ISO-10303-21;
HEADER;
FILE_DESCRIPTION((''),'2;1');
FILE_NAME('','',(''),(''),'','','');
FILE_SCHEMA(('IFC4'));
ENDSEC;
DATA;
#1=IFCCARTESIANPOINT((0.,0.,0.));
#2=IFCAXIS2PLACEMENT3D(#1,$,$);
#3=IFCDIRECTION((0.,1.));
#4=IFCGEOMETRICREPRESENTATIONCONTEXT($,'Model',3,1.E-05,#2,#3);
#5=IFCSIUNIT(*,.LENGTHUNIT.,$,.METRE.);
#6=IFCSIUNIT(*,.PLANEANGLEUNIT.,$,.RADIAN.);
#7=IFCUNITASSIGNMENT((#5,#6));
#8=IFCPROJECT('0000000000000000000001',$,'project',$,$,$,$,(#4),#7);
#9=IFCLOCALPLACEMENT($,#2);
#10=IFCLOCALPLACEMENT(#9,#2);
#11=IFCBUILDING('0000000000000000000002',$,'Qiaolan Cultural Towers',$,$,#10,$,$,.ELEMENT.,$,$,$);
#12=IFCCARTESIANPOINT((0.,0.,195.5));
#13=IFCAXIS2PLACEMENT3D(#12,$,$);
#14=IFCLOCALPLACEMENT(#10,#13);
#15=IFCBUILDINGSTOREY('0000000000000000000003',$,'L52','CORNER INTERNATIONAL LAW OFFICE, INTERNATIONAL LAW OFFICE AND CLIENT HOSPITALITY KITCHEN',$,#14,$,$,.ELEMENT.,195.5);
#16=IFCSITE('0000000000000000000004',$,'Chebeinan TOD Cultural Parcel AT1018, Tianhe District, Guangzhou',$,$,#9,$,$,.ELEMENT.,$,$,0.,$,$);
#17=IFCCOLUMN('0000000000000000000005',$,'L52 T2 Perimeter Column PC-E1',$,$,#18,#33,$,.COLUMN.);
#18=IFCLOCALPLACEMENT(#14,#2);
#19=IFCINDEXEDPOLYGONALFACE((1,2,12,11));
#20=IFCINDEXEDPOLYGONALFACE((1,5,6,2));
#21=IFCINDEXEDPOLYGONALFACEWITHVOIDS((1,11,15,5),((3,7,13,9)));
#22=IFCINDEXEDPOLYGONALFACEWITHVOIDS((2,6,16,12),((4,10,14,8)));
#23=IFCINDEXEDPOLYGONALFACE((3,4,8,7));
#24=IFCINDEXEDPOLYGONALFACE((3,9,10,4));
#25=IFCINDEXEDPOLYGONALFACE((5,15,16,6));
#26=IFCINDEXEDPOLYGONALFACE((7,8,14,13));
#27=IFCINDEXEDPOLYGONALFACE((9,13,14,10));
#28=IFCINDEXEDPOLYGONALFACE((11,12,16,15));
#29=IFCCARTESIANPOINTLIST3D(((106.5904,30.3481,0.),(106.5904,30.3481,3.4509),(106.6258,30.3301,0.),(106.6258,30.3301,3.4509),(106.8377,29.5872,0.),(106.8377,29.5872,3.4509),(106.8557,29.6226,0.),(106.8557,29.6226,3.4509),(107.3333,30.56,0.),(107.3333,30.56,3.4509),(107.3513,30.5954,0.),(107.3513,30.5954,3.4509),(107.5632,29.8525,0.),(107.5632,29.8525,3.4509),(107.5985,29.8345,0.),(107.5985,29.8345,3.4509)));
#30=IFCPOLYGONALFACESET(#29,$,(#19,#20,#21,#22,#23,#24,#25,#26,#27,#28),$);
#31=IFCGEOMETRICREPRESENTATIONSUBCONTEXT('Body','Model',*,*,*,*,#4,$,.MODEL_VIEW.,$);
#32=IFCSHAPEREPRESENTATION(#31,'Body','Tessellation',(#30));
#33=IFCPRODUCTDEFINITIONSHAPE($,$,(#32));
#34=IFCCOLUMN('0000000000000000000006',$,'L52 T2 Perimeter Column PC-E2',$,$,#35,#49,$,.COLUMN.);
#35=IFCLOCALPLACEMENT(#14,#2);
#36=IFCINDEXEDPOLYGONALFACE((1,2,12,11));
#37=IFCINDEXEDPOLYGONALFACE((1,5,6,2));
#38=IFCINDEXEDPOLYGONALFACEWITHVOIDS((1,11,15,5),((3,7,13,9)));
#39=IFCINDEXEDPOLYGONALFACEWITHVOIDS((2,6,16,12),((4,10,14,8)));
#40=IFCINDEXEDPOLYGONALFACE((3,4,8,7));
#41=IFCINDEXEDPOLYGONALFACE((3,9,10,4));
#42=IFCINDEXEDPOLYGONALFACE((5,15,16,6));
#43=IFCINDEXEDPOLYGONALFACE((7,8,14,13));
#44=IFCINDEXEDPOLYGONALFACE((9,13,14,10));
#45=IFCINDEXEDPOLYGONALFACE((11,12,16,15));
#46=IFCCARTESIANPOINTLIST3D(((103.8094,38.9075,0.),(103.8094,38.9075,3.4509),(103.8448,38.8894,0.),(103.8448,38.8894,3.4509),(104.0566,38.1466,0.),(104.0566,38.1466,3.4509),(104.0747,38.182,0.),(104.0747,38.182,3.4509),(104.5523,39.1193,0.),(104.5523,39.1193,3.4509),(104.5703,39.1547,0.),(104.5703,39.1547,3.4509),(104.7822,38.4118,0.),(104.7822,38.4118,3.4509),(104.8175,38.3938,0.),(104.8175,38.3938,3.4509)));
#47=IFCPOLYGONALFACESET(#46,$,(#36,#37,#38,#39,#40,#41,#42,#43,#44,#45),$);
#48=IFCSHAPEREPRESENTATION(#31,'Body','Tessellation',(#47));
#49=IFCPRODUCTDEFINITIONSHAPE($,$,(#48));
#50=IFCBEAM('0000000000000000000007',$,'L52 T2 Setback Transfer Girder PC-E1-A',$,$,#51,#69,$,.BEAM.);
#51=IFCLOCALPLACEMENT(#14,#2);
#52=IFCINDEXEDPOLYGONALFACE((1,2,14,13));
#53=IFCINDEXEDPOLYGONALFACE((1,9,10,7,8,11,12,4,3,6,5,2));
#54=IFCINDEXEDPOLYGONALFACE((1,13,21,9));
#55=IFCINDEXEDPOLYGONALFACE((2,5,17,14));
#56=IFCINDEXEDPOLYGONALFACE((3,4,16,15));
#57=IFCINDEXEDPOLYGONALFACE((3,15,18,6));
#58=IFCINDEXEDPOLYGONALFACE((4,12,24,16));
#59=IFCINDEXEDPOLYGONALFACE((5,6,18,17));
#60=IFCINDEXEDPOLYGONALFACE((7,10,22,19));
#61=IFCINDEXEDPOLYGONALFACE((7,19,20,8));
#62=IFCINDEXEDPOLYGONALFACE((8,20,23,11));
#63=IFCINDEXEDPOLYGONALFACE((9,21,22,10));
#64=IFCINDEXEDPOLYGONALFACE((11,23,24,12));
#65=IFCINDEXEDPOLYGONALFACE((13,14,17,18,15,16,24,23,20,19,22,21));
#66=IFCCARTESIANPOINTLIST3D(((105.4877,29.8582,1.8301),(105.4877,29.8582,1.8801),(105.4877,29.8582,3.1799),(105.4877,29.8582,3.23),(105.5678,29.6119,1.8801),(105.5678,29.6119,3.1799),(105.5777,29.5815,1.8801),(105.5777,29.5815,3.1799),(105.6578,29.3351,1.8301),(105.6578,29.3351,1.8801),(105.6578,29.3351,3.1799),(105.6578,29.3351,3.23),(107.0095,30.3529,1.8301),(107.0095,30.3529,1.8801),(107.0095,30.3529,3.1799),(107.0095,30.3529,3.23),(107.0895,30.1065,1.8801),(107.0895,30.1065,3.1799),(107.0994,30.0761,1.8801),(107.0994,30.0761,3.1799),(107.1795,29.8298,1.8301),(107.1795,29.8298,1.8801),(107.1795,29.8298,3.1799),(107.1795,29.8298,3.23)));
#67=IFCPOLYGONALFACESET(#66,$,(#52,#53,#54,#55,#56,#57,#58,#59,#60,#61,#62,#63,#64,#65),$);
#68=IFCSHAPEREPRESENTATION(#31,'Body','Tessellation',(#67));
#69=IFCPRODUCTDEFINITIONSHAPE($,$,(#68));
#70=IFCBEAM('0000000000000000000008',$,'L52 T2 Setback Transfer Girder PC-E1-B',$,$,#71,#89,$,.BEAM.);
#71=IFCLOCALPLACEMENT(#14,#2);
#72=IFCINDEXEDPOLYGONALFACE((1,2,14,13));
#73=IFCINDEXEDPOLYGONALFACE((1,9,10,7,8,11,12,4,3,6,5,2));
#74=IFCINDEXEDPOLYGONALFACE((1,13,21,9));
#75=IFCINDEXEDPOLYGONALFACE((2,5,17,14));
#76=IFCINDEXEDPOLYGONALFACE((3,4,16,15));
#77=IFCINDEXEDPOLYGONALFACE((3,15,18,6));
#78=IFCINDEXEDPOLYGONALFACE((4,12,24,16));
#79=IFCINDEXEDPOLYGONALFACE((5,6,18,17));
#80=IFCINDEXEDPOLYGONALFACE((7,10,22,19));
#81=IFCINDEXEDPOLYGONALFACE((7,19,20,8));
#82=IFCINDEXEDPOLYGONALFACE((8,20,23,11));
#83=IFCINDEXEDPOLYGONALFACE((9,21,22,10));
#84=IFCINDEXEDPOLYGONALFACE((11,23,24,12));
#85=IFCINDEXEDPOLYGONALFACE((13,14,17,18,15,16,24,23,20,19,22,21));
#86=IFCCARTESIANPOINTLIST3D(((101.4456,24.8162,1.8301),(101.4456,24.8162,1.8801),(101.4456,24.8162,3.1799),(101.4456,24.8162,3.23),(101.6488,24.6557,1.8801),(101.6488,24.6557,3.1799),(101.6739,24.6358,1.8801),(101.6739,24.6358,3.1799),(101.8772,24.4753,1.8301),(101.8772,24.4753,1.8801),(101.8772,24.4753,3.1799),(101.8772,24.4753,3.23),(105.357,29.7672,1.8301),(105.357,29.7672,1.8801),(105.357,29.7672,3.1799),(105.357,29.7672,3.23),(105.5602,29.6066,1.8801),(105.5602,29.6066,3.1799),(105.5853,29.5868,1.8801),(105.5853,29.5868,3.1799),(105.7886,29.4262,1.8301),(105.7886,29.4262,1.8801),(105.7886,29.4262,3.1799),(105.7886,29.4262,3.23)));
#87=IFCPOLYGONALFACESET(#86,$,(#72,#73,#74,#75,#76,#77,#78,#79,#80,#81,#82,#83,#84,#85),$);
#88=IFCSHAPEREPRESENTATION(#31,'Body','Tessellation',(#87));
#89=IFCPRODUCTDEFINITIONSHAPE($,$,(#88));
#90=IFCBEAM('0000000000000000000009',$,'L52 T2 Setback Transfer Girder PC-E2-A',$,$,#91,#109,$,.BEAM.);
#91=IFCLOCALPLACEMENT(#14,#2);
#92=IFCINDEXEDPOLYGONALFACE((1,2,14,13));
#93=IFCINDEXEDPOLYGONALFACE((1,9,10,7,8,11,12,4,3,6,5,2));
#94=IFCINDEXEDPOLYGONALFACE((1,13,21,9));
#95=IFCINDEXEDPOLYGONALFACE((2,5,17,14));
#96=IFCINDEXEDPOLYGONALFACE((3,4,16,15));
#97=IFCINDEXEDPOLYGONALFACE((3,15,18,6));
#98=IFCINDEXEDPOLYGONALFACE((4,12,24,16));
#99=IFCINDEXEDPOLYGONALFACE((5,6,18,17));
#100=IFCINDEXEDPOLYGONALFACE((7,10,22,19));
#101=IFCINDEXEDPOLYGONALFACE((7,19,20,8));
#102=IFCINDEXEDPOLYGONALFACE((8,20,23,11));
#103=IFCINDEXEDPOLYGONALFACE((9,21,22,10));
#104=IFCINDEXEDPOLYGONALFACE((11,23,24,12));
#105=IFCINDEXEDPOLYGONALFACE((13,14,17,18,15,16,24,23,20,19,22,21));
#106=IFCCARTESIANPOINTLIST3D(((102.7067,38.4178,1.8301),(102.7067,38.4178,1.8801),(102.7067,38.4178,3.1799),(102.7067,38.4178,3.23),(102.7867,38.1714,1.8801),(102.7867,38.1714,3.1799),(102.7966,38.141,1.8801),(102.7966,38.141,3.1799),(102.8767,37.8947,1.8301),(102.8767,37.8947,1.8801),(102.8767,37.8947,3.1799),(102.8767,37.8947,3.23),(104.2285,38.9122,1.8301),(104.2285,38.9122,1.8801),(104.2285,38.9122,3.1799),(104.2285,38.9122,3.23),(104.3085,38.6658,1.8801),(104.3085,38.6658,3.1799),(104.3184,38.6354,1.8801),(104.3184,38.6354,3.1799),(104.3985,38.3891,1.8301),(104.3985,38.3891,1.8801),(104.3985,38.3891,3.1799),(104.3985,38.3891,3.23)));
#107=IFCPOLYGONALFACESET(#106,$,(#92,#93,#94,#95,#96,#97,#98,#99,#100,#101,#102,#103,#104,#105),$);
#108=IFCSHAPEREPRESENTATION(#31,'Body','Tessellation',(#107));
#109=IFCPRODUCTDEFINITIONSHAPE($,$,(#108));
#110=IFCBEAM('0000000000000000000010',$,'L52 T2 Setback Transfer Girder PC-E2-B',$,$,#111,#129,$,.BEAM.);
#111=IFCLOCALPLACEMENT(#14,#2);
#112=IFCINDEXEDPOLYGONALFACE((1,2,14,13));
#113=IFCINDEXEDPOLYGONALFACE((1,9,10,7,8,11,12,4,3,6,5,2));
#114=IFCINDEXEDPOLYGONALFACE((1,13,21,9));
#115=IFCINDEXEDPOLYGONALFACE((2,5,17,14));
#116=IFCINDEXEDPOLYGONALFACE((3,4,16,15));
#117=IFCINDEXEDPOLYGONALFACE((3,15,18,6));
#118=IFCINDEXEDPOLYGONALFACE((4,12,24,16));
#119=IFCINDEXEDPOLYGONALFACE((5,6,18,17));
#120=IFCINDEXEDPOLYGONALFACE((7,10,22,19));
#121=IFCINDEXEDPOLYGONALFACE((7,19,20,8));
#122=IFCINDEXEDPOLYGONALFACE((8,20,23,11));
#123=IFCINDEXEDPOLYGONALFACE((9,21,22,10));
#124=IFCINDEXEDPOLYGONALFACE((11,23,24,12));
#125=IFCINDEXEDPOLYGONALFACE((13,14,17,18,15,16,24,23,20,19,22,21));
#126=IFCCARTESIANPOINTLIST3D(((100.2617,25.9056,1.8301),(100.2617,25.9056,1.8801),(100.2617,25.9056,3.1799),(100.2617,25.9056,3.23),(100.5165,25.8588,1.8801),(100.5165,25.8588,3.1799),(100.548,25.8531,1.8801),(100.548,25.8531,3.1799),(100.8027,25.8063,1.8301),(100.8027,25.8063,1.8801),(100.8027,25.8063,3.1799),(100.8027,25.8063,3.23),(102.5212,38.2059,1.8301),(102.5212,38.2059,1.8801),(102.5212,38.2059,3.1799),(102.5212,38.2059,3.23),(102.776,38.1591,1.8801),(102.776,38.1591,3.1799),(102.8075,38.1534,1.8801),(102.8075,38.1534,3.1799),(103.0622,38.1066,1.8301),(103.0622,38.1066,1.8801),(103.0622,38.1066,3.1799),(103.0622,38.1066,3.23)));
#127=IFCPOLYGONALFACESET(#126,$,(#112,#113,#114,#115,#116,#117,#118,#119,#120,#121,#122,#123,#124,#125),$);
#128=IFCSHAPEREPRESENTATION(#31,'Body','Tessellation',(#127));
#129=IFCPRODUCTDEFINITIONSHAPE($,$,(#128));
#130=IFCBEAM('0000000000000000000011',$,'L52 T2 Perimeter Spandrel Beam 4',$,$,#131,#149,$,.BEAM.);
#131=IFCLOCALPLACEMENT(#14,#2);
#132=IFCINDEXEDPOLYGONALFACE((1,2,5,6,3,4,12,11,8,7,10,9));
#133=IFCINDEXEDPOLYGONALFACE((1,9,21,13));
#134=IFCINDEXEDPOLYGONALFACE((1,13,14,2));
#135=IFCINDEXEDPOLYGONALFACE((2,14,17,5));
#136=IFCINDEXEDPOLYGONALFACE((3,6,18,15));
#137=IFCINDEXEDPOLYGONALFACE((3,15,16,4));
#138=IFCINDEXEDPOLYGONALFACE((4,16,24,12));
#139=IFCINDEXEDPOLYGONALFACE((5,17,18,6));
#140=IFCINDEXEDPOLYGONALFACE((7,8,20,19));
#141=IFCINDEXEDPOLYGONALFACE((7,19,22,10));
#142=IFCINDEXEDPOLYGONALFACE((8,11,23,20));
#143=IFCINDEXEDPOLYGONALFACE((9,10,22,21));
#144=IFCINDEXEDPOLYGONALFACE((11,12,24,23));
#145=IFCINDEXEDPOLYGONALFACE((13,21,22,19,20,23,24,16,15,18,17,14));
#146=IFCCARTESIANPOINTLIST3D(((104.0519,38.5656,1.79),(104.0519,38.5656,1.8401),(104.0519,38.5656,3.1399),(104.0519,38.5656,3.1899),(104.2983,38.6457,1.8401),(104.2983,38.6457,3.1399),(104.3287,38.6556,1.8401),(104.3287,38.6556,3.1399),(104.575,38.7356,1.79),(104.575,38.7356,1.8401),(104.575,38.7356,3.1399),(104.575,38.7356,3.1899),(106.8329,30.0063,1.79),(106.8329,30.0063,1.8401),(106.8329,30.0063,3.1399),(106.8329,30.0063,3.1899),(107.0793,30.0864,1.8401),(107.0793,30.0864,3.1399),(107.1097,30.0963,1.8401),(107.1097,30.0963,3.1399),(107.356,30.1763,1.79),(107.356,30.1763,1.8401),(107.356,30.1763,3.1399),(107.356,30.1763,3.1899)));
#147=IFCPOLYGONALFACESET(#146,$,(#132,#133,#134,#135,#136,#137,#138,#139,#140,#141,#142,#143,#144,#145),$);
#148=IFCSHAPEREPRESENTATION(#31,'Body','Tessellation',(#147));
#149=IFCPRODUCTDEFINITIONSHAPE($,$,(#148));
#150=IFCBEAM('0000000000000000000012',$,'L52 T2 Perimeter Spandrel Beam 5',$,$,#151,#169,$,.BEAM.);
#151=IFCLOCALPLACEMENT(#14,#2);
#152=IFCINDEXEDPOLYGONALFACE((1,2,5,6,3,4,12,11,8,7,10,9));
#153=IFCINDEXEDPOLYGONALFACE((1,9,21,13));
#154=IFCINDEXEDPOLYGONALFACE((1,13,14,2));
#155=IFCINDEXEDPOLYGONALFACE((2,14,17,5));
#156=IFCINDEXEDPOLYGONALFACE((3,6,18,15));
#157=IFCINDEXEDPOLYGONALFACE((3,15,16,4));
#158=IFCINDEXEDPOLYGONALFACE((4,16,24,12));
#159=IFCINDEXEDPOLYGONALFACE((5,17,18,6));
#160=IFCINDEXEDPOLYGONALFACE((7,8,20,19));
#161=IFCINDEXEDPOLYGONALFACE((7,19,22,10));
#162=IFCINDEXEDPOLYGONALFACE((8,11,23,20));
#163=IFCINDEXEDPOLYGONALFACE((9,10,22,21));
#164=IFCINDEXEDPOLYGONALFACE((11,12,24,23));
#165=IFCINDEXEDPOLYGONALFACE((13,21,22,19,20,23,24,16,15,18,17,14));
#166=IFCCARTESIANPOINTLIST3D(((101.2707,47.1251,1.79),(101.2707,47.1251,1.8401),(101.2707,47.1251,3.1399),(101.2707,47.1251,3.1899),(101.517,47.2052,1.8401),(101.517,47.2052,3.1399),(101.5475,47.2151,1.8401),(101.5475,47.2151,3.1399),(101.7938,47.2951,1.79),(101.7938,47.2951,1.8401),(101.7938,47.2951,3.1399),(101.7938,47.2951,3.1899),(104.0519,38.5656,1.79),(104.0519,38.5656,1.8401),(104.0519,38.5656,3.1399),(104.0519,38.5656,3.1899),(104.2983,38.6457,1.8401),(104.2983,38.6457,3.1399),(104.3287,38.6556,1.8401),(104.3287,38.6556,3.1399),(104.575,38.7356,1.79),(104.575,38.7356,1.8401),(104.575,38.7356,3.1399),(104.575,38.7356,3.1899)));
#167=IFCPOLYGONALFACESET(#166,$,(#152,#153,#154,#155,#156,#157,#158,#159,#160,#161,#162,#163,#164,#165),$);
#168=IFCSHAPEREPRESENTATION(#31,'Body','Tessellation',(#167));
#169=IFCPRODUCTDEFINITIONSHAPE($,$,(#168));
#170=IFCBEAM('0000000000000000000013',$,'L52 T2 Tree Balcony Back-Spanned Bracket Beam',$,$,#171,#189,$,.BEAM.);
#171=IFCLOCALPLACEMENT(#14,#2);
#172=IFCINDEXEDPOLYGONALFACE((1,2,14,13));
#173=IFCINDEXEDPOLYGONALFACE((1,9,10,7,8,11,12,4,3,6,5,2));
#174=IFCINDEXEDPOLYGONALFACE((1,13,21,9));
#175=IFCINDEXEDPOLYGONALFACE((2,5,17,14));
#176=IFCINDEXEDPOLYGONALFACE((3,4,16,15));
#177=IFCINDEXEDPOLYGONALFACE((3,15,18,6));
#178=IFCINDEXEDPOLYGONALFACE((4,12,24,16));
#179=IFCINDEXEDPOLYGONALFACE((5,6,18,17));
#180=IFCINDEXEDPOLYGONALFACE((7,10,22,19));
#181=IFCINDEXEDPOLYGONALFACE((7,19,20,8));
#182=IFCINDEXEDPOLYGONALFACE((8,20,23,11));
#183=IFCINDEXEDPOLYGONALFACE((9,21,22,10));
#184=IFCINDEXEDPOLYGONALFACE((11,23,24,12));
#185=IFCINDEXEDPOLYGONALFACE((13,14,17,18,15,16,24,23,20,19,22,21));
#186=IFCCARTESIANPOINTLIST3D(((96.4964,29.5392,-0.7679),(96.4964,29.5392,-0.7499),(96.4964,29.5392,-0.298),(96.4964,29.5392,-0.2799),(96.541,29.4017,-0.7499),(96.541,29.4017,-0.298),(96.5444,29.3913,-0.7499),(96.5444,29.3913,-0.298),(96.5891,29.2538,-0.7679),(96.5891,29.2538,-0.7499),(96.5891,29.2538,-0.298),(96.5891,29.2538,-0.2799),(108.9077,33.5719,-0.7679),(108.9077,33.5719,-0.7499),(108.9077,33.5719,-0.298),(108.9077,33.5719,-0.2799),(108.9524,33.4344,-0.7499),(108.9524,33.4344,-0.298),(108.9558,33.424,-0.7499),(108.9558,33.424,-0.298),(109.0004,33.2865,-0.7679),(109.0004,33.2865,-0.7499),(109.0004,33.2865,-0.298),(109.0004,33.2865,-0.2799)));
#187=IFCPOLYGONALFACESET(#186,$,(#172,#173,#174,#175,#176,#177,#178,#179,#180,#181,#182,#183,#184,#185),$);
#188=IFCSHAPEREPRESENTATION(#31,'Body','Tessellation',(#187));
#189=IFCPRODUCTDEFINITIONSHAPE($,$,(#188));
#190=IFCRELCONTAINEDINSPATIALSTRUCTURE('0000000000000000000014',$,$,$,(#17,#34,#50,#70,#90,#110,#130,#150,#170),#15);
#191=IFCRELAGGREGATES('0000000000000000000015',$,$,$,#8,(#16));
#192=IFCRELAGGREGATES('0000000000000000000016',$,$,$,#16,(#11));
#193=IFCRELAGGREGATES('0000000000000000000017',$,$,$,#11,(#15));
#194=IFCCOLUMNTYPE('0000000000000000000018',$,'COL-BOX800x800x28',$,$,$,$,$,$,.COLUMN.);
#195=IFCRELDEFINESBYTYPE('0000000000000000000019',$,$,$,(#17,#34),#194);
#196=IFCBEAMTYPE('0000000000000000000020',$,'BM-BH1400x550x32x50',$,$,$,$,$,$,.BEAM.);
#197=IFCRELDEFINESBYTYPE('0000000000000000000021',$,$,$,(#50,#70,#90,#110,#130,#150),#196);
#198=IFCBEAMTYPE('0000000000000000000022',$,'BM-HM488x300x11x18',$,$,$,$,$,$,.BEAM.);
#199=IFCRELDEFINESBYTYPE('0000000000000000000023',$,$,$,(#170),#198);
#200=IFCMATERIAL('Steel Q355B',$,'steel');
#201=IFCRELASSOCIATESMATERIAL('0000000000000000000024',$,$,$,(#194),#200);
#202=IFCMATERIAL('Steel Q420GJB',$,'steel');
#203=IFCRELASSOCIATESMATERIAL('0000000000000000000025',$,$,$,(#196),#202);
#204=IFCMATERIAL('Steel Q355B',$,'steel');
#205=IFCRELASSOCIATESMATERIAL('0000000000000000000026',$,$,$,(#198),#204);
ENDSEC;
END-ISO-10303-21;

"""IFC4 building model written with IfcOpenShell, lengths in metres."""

from ifc_helpers import new_model, si_unit, direction, frame, origin, origin_2d, place, context, subcontext, project, spatial, hollow_rectangle, i_section, extrude, material, material_profile, profile_set, type_object, element, save


model = new_model("IFC4")

# Units and contexts
model_context = context("Model", 3, precision=1e-05, world=origin(), true_north=direction((0.0, 1.0)))
body_context = subcontext(model_context, "Body", "Model", "MODEL_VIEW")
ifc_project = project(units=[si_unit("LENGTHUNIT", "METRE"), si_unit("PLANEANGLEUNIT", "RADIAN")], contexts=[model_context])

# Site, building, storey
site_placement = place(None, origin())
site = spatial("IfcSite", under=ifc_project, at=site_placement, Name="Chebeinan TOD Cultural Parcel AT1018, Tianhe District, Guangzhou", CompositionType="ELEMENT", RefElevation=0.0)
building_placement = place(site_placement, origin())
building = spatial("IfcBuilding", under=site, at=building_placement, Name="Qiaolan Cultural Towers", CompositionType="ELEMENT")
storey_placement = place(building_placement, frame((0.0, 0.0, 195.5)))
storey = spatial("IfcBuildingStorey", under=building, at=storey_placement, Name="L52", Description="CORNER INTERNATIONAL LAW OFFICE, INTERNATIONAL LAW OFFICE AND CLIENT HOSPITALITY KITCHEN", CompositionType="ELEMENT", Elevation=195.5)

# Columns
ifc_material_1 = material(Name="Steel Q355B", Category="steel")
ifc_material_profile_1 = material_profile(ifc_material_1, hollow_rectangle(XDim=0.8, YDim=0.8, WallThickness=0.0281, at=origin_2d()), Name="BOX800x800x28")
ifc_profile_set_1 = profile_set([ifc_material_profile_1], Name="Steel Q355B")
column_type = type_object("IfcColumnType", Name="COL-BOX800x800x28", PredefinedType="COLUMN", material=ifc_profile_set_1)
for number, where, z_axis, x_axis, name in (
    (1, (107.0945, 30.0913, 0.0), (0.0, 0.0, 1.0), (0.951057, 0.309017, 0.0), "L52 T2 Perimeter Column PC-E1"),
    (2, (104.3135, 38.6506, 0.0), (0.0, 0.0, 1.0), (0.951057, 0.309017, 0.0), "L52 T2 Perimeter Column PC-E2"),
):
    element("IfcColumn", number, at=place(storey_placement, frame(where, z_axis=z_axis, x_axis=x_axis)), inside=storey, type_object=column_type, Name=name, PredefinedType="COLUMN", context=body_context, shape_type="SweptSolid", body=[
        extrude(hollow_rectangle(XDim=0.8, YDim=0.8, WallThickness=0.0281, at=origin_2d()), origin(), (0.0, 0.0, 1.0), 3.4509),
    ])

# Beams
ifc_material_2 = material(Name="Steel Q420GJB", Category="steel")
ifc_material_profile_2 = material_profile(ifc_material_2, i_section(OverallWidth=0.55, OverallDepth=1.3999, WebThickness=0.032, FlangeThickness=0.05, at=origin_2d()), Name="BH1400x550x32x50")
ifc_profile_set_2 = profile_set([ifc_material_profile_2], Name="Steel Q420GJB")
beam_type_1 = type_object("IfcBeamType", Name="BM-BH1400x550x32x50", PredefinedType="BEAM", material=ifc_profile_set_2)
beam_1_placement = place(storey_placement, frame((107.0945, 30.0913, 2.53), z_axis=(-0.951022, -0.309124, 0.0), x_axis=(0.309124, -0.951022, 0.0)))
element("IfcBeam", 3, at=beam_1_placement, inside=storey, type_object=beam_type_1, Name="L52 T2 Setback Transfer Girder PC-E1-A", PredefinedType="BEAM", context=body_context, shape_type="SweptSolid", body=[
    extrude(i_section(OverallWidth=0.55, OverallDepth=1.3999, WebThickness=0.032, FlangeThickness=0.05, at=origin_2d()), origin(), (0.0, 0.0, 1.0), 1.6001),
])
beam_2_placement = place(storey_placement, frame((105.5728, 29.5967, 2.53), z_axis=(-0.619913, -0.784671, 0.0), x_axis=(0.784671, -0.619913, 0.0)))
element("IfcBeam", 4, at=beam_2_placement, inside=storey, type_object=beam_type_1, Name="L52 T2 Setback Transfer Girder PC-E1-B", PredefinedType="BEAM", context=body_context, shape_type="SweptSolid", body=[
    extrude(i_section(OverallWidth=0.55, OverallDepth=1.3999, WebThickness=0.032, FlangeThickness=0.05, at=origin_2d()), origin(), (0.0, 0.0, 1.0), 6.3096),
])
beam_3_placement = place(storey_placement, frame((104.3135, 38.6506, 2.53), z_axis=(-0.951067, -0.308986, 0.0), x_axis=(0.308986, -0.951067, 0.0)))
element("IfcBeam", 5, at=beam_3_placement, inside=storey, type_object=beam_type_1, Name="L52 T2 Setback Transfer Girder PC-E2-A", PredefinedType="BEAM", context=body_context, shape_type="SweptSolid", body=[
    extrude(i_section(OverallWidth=0.55, OverallDepth=1.3999, WebThickness=0.032, FlangeThickness=0.05, at=origin_2d()), origin(), (0.0, 0.0, 1.0), 1.6001),
])
beam_4_placement = place(storey_placement, frame((102.7917, 38.1562, 2.53), z_axis=(-0.180673, -0.983543, 0.0), x_axis=(0.983543, -0.180673, 0.0)))
element("IfcBeam", 6, at=beam_4_placement, inside=storey, type_object=beam_type_1, Name="L52 T2 Setback Transfer Girder PC-E2-B", PredefinedType="BEAM", context=body_context, shape_type="SweptSolid", body=[
    extrude(i_section(OverallWidth=0.55, OverallDepth=1.3999, WebThickness=0.032, FlangeThickness=0.05, at=origin_2d()), origin(), (0.0, 0.0, 1.0), 12.5061),
])
beam_5_placement = place(storey_placement, frame((107.0945, 30.0913, 2.49), z_axis=(-0.309008, 0.951059, 0.0), x_axis=(-0.951059, -0.309008, 0.0)))
element("IfcBeam", 7, at=beam_5_placement, inside=storey, type_object=beam_type_1, Name="L52 T2 Perimeter Spandrel Beam 4", PredefinedType="BEAM", context=body_context, shape_type="SweptSolid", body=[
    extrude(i_section(OverallWidth=0.55, OverallDepth=1.3999, WebThickness=0.032, FlangeThickness=0.05, at=origin_2d()), origin(), (0.0, 0.0, 1.0), 8.9998),
])
beam_6_placement = place(storey_placement, frame((104.3135, 38.6506, 2.49), z_axis=(-0.309025, 0.951054, 0.0), x_axis=(-0.951054, -0.309025, 0.0)))
element("IfcBeam", 8, at=beam_6_placement, inside=storey, type_object=beam_type_1, Name="L52 T2 Perimeter Spandrel Beam 5", PredefinedType="BEAM", context=body_context, shape_type="SweptSolid", body=[
    extrude(i_section(OverallWidth=0.55, OverallDepth=1.3999, WebThickness=0.032, FlangeThickness=0.05, at=origin_2d()), origin(), (0.0, 0.0, 1.0), 9.0),
])
ifc_material_3 = material(Name="Steel Q355B", Category="steel")
ifc_material_profile_3 = material_profile(ifc_material_3, i_section(OverallWidth=0.3, OverallDepth=0.488, WebThickness=0.011, FlangeThickness=0.0181, at=origin_2d()), Name="HM488x300x11x18")
ifc_profile_set_3 = profile_set([ifc_material_profile_3], Name="Steel Q355B")
beam_type_2 = type_object("IfcBeamType", Name="BM-HM488x300x11x18", PredefinedType="BEAM", material=ifc_profile_set_3)
for number, where, z_axis, x_axis, name in (
    (9, (96.5427, 29.3965, -0.5239), (0.951056, 0.309018, 0.0), (-0.309018, 0.951056, 0.0), "L52 T2 Tree Balcony Back-Spanned Bracket Beam"),
):
    element("IfcBeam", number, at=place(storey_placement, frame(where, z_axis=z_axis, x_axis=x_axis)), inside=storey, type_object=beam_type_2, Name=name, PredefinedType="BEAM", context=body_context, shape_type="SweptSolid", body=[
        extrude(i_section(OverallWidth=0.3, OverallDepth=0.488, WebThickness=0.011, FlangeThickness=0.0181, at=origin_2d()), origin(), (0.0, 0.0, 1.0), 13.05),
    ])

save(model, "model.ifc")
